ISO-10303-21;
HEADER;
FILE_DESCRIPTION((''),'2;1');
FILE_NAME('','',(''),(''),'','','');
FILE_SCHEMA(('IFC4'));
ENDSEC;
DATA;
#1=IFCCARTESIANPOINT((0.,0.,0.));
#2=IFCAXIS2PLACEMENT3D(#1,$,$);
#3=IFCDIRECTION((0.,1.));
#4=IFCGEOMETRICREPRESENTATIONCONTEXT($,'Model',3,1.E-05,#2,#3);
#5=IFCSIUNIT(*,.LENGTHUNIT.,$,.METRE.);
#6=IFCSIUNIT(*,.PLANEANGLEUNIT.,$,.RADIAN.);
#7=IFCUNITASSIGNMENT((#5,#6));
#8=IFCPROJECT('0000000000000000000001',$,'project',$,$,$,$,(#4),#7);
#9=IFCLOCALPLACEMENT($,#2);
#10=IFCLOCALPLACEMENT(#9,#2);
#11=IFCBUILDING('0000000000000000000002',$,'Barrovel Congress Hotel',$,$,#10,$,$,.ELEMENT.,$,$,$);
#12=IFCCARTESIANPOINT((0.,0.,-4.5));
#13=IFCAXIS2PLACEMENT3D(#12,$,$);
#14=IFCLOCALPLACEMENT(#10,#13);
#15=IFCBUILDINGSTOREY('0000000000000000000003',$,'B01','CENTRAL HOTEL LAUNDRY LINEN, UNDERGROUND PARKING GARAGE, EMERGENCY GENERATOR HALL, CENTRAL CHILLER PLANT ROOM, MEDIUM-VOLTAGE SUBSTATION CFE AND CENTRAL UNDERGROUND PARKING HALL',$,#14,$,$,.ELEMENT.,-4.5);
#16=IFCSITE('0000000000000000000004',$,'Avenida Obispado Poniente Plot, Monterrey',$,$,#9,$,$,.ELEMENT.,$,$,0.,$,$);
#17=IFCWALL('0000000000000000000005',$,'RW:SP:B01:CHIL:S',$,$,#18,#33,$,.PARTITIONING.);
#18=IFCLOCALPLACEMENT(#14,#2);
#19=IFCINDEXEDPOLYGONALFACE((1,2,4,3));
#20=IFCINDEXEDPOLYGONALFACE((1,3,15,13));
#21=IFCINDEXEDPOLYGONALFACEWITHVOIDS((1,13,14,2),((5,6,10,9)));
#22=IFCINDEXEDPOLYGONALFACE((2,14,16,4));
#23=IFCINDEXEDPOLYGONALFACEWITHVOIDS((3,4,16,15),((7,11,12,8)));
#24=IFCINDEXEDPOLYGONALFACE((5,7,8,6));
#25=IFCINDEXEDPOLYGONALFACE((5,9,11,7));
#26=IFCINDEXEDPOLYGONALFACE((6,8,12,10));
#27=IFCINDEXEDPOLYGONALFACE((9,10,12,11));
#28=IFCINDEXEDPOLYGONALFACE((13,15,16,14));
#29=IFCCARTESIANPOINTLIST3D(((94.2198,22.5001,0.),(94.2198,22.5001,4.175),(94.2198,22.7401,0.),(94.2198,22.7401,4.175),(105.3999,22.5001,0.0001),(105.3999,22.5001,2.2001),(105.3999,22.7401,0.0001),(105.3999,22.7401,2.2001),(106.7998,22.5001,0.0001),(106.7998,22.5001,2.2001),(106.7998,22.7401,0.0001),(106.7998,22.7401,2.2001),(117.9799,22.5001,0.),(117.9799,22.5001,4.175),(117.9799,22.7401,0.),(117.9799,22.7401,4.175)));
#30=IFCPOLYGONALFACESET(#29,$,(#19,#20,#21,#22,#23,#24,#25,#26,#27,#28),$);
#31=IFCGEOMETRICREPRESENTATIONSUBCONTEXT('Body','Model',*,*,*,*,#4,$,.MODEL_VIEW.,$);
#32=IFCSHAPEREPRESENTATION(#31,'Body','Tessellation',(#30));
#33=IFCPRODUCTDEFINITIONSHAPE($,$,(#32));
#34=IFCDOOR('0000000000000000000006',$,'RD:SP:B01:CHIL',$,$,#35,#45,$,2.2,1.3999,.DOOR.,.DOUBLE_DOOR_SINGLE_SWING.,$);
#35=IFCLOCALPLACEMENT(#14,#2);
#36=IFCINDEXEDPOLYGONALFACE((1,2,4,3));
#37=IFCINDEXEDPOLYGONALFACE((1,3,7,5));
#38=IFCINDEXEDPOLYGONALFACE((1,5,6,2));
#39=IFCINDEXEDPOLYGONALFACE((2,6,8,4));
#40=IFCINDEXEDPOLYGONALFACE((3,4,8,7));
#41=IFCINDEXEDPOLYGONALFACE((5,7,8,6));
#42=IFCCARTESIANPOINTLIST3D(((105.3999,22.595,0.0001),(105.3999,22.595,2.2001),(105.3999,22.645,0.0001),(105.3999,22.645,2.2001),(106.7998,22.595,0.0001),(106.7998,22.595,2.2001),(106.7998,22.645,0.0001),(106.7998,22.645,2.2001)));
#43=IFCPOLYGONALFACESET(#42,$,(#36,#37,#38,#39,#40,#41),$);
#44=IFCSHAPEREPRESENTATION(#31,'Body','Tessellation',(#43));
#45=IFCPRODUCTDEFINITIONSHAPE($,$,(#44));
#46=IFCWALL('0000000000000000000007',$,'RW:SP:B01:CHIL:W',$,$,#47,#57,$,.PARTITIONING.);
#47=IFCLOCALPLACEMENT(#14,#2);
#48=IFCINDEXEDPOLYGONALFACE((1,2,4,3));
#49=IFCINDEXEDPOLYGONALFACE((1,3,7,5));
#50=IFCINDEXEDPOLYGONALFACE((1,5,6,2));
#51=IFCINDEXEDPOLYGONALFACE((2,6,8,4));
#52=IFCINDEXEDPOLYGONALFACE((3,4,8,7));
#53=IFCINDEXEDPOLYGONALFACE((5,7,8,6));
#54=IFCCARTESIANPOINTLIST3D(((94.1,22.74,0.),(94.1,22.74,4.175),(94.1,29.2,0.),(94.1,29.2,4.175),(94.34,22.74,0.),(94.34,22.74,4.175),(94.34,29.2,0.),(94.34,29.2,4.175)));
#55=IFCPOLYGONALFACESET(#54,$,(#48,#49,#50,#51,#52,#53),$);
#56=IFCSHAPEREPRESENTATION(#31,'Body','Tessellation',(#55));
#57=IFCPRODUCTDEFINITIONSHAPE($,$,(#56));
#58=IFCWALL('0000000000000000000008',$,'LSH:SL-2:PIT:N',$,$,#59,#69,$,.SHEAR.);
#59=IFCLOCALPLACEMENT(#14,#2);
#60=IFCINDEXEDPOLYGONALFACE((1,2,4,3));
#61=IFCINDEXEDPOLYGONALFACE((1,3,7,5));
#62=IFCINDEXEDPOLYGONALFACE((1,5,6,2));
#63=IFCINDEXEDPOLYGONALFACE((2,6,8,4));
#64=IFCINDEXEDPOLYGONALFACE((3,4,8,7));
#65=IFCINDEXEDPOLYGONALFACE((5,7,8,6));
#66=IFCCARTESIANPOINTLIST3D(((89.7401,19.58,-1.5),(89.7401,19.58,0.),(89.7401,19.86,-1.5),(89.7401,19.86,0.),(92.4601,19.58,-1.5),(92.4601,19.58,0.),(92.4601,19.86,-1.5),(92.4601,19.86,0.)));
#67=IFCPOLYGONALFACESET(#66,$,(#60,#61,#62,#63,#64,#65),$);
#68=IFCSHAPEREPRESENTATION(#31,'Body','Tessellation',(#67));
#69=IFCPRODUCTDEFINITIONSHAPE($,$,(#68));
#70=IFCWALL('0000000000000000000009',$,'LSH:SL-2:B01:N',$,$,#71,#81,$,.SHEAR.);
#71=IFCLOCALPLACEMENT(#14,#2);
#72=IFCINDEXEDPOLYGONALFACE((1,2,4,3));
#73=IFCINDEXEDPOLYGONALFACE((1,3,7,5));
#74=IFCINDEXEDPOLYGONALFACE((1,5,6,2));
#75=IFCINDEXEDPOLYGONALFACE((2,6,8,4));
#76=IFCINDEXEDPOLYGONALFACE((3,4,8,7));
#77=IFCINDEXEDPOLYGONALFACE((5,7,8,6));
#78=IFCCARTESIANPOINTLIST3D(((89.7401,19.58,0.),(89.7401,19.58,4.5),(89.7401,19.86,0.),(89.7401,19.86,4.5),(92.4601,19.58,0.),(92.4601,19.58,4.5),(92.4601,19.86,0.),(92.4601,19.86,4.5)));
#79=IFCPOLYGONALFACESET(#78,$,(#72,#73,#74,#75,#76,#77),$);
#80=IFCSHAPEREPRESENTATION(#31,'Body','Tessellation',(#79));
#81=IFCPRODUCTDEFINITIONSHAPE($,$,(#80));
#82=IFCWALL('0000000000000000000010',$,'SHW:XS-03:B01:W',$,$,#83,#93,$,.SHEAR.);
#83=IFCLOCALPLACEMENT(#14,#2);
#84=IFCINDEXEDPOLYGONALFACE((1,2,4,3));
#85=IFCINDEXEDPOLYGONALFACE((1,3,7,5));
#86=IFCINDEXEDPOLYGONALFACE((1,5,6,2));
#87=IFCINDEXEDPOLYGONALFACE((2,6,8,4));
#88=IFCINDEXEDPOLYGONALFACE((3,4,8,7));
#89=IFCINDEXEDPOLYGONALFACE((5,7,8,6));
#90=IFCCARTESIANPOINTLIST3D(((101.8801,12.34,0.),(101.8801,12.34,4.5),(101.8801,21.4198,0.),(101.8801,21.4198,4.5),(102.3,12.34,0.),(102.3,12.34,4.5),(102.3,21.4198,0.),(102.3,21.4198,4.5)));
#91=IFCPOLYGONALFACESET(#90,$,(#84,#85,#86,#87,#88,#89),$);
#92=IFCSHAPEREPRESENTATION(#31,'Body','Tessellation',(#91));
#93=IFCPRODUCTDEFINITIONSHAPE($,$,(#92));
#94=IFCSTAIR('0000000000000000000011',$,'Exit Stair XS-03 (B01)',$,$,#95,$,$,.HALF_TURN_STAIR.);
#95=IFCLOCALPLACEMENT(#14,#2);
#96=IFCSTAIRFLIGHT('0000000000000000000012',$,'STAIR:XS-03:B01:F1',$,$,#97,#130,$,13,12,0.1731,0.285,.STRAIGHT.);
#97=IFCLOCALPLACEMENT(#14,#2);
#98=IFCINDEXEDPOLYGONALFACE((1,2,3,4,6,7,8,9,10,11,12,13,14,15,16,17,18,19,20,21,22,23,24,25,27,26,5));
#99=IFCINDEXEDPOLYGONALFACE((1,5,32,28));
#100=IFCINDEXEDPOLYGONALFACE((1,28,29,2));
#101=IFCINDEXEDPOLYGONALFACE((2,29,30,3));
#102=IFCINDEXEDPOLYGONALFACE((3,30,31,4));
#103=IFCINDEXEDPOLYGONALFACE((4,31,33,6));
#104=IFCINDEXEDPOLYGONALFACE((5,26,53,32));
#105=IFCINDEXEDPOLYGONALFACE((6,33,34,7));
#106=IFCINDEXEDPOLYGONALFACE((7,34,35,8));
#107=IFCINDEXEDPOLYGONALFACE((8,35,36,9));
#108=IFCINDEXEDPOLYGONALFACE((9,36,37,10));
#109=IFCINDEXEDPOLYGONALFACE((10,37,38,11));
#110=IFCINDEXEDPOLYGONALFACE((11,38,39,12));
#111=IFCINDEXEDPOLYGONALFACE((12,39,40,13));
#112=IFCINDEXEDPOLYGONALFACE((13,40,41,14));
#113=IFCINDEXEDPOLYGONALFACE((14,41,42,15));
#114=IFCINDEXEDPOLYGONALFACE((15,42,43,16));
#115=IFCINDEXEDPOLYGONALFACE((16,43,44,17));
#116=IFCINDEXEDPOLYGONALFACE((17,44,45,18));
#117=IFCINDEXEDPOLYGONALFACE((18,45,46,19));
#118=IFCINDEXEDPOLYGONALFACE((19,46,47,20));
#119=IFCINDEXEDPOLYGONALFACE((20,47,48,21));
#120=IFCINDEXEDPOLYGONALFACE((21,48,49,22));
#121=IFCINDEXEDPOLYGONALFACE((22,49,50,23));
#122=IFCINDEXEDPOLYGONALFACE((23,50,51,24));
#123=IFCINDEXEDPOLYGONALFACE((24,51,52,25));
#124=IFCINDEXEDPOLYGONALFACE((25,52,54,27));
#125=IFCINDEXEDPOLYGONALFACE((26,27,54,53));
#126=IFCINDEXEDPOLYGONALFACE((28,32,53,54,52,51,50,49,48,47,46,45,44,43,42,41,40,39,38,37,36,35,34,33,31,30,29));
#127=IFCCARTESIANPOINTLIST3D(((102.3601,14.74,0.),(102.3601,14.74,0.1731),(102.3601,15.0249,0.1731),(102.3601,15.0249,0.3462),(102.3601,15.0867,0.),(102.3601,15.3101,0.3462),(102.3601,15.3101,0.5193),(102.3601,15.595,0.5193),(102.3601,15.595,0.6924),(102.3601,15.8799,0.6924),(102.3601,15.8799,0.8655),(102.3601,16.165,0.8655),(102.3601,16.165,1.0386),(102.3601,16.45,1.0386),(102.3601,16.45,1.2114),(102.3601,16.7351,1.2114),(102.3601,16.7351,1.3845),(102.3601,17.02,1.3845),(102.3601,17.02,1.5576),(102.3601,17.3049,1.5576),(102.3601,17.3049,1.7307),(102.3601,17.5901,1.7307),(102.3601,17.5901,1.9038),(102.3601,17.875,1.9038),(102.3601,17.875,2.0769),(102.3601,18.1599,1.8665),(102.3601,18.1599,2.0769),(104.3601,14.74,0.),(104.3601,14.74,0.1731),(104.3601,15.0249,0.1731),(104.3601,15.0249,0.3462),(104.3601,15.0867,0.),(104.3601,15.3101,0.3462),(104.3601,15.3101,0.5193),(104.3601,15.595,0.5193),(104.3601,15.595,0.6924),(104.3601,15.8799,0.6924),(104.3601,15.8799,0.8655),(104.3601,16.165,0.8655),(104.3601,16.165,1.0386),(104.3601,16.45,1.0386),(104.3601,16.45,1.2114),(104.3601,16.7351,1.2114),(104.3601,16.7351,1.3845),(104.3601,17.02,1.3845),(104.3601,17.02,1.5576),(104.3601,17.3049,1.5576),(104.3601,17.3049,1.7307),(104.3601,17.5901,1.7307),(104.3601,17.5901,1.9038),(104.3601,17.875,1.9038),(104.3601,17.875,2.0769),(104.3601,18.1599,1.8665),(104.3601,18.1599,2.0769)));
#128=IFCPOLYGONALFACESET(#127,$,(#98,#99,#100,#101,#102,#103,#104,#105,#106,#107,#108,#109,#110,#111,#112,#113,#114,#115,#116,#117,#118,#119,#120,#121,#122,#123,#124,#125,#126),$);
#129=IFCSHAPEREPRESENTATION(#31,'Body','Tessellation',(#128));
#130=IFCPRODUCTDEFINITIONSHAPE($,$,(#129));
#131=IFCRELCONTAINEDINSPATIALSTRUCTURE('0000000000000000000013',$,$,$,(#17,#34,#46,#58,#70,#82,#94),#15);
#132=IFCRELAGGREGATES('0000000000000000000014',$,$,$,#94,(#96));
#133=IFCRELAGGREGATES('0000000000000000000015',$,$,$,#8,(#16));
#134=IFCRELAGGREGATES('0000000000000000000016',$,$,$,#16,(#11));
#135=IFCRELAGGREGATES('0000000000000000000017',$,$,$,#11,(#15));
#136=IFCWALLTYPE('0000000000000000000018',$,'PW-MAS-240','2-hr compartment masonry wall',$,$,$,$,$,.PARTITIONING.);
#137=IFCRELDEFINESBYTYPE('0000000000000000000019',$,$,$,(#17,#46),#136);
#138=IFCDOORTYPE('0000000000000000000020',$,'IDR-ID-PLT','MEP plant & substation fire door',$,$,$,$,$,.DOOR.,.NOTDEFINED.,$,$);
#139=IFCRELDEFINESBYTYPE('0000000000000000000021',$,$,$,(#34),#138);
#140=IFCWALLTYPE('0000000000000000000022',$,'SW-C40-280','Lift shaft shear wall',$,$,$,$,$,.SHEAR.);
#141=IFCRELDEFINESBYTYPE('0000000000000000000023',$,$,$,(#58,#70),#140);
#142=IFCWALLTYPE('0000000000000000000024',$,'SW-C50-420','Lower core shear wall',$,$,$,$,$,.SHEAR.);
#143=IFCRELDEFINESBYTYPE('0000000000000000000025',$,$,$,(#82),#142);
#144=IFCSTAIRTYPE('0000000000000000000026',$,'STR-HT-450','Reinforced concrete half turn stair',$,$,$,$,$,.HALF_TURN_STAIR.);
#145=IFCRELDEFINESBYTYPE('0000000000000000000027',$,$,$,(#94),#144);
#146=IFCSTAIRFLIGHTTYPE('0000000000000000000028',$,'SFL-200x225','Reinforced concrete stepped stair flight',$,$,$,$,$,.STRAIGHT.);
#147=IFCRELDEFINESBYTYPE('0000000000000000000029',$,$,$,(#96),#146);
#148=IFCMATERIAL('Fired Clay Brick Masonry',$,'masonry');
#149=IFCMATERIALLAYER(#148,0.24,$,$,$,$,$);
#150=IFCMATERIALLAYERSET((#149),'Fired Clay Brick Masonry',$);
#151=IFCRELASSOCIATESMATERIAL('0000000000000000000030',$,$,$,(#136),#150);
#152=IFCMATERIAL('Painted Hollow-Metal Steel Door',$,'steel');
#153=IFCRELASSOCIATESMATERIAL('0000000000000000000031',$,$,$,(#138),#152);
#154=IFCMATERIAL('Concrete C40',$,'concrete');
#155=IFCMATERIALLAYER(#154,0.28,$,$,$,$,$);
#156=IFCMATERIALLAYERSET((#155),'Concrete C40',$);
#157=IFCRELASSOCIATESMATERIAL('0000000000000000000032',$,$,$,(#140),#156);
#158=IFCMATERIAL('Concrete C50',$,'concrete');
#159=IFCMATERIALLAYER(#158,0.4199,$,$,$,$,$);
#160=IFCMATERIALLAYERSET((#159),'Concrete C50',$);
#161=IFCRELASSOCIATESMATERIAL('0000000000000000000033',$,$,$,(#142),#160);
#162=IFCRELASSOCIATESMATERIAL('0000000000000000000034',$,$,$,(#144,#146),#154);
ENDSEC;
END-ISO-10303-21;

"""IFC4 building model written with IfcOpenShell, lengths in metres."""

from ifc_helpers import new_model, si_unit, direction, frame, frame_2d, origin, place, context, subcontext, project, spatial, polyline, rectangle, outline, extrude, material, layer, layer_set, type_object, element, fill, aggregate, save


model = new_model("IFC4")

# Units and contexts
model_context = context("Model", 3, precision=1e-05, world=origin(), true_north=direction((0.0, 1.0)))
body_context = subcontext(model_context, "Body", "Model", "MODEL_VIEW")
ifc_project = project(units=[si_unit("LENGTHUNIT", "METRE"), si_unit("PLANEANGLEUNIT", "RADIAN")], contexts=[model_context])

# Site, building, storey
site_placement = place(None, origin())
site = spatial("IfcSite", under=ifc_project, at=site_placement, Name="Avenida Obispado Poniente Plot, Monterrey", CompositionType="ELEMENT", RefElevation=0.0)
building_placement = place(site_placement, origin())
building = spatial("IfcBuilding", under=site, at=building_placement, Name="Barrovel Congress Hotel", CompositionType="ELEMENT")
storey_placement = place(building_placement, frame((0.0, 0.0, -4.5)))
storey = spatial("IfcBuildingStorey", under=building, at=storey_placement, Name="B01", Description="CENTRAL HOTEL LAUNDRY LINEN, UNDERGROUND PARKING GARAGE, EMERGENCY GENERATOR HALL, CENTRAL CHILLER PLANT ROOM, MEDIUM-VOLTAGE SUBSTATION CFE AND CENTRAL UNDERGROUND PARKING HALL", CompositionType="ELEMENT", Elevation=-4.5)

# Shared definitions
ifc_material_1 = material(Name="Concrete C40", Category="concrete")

# Shared definitions
ifc_material_2 = material(Name="Concrete C50", Category="concrete")

# Wall, opening, door
ifc_material_3 = material(Name="Fired Clay Brick Masonry", Category="masonry")
ifc_layer_1 = layer(ifc_material_3, 0.24)
ifc_layer_set_1 = layer_set([ifc_layer_1], Name="Fired Clay Brick Masonry")
wall_type_1 = type_object("IfcWallType", Name="PW-MAS-240", Description="2-hr compartment masonry wall", PredefinedType="PARTITIONING", material=ifc_layer_set_1)
wall_1_placement = place(storey_placement, frame((94.22, 22.6201, 0.0), z_axis=(0.0, 0.0, 1.0), x_axis=(1.0, 0.0, 0.0)))
wall_1 = element("IfcWall", 1, at=wall_1_placement, inside=storey, type_object=wall_type_1, Name="RW:SP:B01:CHIL:S", PredefinedType="PARTITIONING", context=body_context, shape_type="SweptSolid", body=[
    extrude(rectangle(XDim=23.76, YDim=0.24, at=frame_2d((11.8799, 0.0))), origin(), (0.0, 0.0, 1.0), 4.175),
])
opening_placement = place(wall_1_placement, frame((11.1799, 0.0, 0.0)))
opening = element("IfcOpeningElement", 2, at=opening_placement, cuts=wall_1, PredefinedType="OPENING", context=body_context, shape_type="SweptSolid", body=[
    extrude(rectangle(XDim=1.3999, YDim=2.2, at=frame_2d((0.7, 1.1001))), frame((0.0, 0.1299, 0.0), z_axis=(0.0, -1.0, 0.0), x_axis=(1.0, 0.0, 0.0)), (0.0, 0.0, 1.0), 0.26),
])
ifc_material_4 = material(Name="Painted Hollow-Metal Steel Door", Category="steel")
door_type = type_object("IfcDoorType", Name="IDR-ID-PLT", Description="MEP plant & substation fire door", OperationType="NOTDEFINED", PredefinedType="DOOR", material=ifc_material_4)
door_placement = place(opening_placement, origin())
door = element("IfcDoor", 3, at=door_placement, inside=storey, type_object=door_type, Name="RD:SP:B01:CHIL", OperationType="DOUBLE_DOOR_SINGLE_SWING", OverallHeight=2.2, OverallWidth=1.3999, PredefinedType="DOOR", context=body_context, shape_type="SweptSolid", body=[
    extrude(rectangle(XDim=1.3999, YDim=2.2, at=frame_2d((0.7, 1.1001))), frame((0.0, 0.0249, 0.0), z_axis=(0.0, -1.0, 0.0), x_axis=(1.0, 0.0, 0.0)), (0.0, 0.0, 1.0), 0.05),
])
fill(opening, door)

# Walls
wall_2_placement = place(storey_placement, frame((94.22, 22.74, 0.0), z_axis=(0.0, 0.0, 1.0), x_axis=(0.0, 1.0, 0.0)))
element("IfcWall", 4, at=wall_2_placement, inside=storey, type_object=wall_type_1, Name="RW:SP:B01:CHIL:W", PredefinedType="PARTITIONING", context=body_context, shape_type="SweptSolid", body=[
    extrude(rectangle(XDim=6.46, YDim=0.24, at=frame_2d((3.23, 0.0))), origin(), (0.0, 0.0, 1.0), 4.175),
])
ifc_layer_2 = layer(ifc_material_1, 0.28)
ifc_layer_set_2 = layer_set([ifc_layer_2], Name="Concrete C40")
wall_type_2 = type_object("IfcWallType", Name="SW-C40-280", Description="Lift shaft shear wall", PredefinedType="SHEAR", material=ifc_layer_set_2)
wall_3_placement = place(storey_placement, frame((92.46, 19.72, -1.5), z_axis=(0.0, 0.0, 1.0), x_axis=(-1.0, 0.0, 0.0)))
element("IfcWall", 5, at=wall_3_placement, inside=storey, type_object=wall_type_2, Name="LSH:SL-2:PIT:N", PredefinedType="SHEAR", context=body_context, shape_type="SweptSolid", body=[
    extrude(rectangle(XDim=2.72, YDim=0.28, at=frame_2d((1.3599, 0.0))), origin(), (0.0, 0.0, 1.0), 1.5),
])
wall_4_placement = place(storey_placement, frame((92.46, 19.72, 0.0), z_axis=(0.0, 0.0, 1.0), x_axis=(-1.0, 0.0, 0.0)))
element("IfcWall", 6, at=wall_4_placement, inside=storey, type_object=wall_type_2, Name="LSH:SL-2:B01:N", PredefinedType="SHEAR", context=body_context, shape_type="SweptSolid", body=[
    extrude(rectangle(XDim=2.72, YDim=0.28, at=frame_2d((1.3599, 0.0))), origin(), (0.0, 0.0, 1.0), 4.5),
])
ifc_layer_3 = layer(ifc_material_2, 0.4199)
ifc_layer_set_3 = layer_set([ifc_layer_3], Name="Concrete C50")
wall_type_3 = type_object("IfcWallType", Name="SW-C50-420", Description="Lower core shear wall", PredefinedType="SHEAR", material=ifc_layer_set_3)
wall_5_placement = place(storey_placement, frame((102.0901, 21.4199, 0.0), z_axis=(0.0, 0.0, 1.0), x_axis=(0.0, -1.0, 0.0)))
element("IfcWall", 7, at=wall_5_placement, inside=storey, type_object=wall_type_3, Name="SHW:XS-03:B01:W", PredefinedType="SHEAR", context=body_context, shape_type="SweptSolid", body=[
    extrude(rectangle(XDim=9.0798, YDim=0.4199, at=frame_2d((4.54, 0.0))), origin(), (0.0, 0.0, 1.0), 4.5),
])

# Stair, stair flight
stair_type = type_object("IfcStairType", Name="STR-HT-450", Description="Reinforced concrete half turn stair", PredefinedType="HALF_TURN_STAIR", material=ifc_material_1)
stair_placement = place(storey_placement, origin())
stair = element("IfcStair", 8, at=stair_placement, inside=storey, type_object=stair_type, Name="Exit Stair XS-03 (B01)", PredefinedType="HALF_TURN_STAIR")
stair_flight_type = type_object("IfcStairFlightType", Name="SFL-200x225", Description="Reinforced concrete stepped stair flight", PredefinedType="STRAIGHT", material=ifc_material_1)
stair_flight_placement = place(storey_placement, frame((103.3601, 14.74, 0.0), z_axis=(0.0, 0.0, 1.0), x_axis=(0.0, 1.0, 0.0)))
stair_flight = element("IfcStairFlight", 9, at=stair_flight_placement, type_object=stair_flight_type, Name="STAIR:XS-03:B01:F1", NumberOfRisers=13, NumberOfTreads=12, PredefinedType="STRAIGHT", RiserHeight=0.1731, TreadLength=0.285, context=body_context, shape_type="SweptSolid", body=[
    extrude(outline(polyline([(0.0, 0.0), (0.0, 0.1731), (0.2849, 0.1731), (0.2849, 0.3462), (0.5701, 0.3462), (0.5701, 0.5193), (0.855, 0.5193), (0.855, 0.6924), (1.1399, 0.6924), (1.1399, 0.8655), (1.425, 0.8655), (1.425, 1.0386), (1.71, 1.0386), (1.71, 1.2114), (1.9951, 1.2114), (1.9951, 1.3845), (2.28, 1.3845), (2.28, 1.5576), (2.5649, 1.5576), (2.5649, 1.7307), (2.8501, 1.7307), (2.8501, 1.9038), (3.135, 1.9038), (3.135, 2.0769), (3.4199, 2.0769), (3.4199, 2.25), (3.4199, 1.8665), (0.3467, 0.0), (0.0, 0.0)])), frame((0.0, 1.0, 0.0), z_axis=(0.0, -1.0, 0.0), x_axis=(1.0, 0.0, 0.0)), (0.0, 0.0, 1.0), 2.0),
])
aggregate(stair, [stair_flight])

save(model, "model.ifc")
